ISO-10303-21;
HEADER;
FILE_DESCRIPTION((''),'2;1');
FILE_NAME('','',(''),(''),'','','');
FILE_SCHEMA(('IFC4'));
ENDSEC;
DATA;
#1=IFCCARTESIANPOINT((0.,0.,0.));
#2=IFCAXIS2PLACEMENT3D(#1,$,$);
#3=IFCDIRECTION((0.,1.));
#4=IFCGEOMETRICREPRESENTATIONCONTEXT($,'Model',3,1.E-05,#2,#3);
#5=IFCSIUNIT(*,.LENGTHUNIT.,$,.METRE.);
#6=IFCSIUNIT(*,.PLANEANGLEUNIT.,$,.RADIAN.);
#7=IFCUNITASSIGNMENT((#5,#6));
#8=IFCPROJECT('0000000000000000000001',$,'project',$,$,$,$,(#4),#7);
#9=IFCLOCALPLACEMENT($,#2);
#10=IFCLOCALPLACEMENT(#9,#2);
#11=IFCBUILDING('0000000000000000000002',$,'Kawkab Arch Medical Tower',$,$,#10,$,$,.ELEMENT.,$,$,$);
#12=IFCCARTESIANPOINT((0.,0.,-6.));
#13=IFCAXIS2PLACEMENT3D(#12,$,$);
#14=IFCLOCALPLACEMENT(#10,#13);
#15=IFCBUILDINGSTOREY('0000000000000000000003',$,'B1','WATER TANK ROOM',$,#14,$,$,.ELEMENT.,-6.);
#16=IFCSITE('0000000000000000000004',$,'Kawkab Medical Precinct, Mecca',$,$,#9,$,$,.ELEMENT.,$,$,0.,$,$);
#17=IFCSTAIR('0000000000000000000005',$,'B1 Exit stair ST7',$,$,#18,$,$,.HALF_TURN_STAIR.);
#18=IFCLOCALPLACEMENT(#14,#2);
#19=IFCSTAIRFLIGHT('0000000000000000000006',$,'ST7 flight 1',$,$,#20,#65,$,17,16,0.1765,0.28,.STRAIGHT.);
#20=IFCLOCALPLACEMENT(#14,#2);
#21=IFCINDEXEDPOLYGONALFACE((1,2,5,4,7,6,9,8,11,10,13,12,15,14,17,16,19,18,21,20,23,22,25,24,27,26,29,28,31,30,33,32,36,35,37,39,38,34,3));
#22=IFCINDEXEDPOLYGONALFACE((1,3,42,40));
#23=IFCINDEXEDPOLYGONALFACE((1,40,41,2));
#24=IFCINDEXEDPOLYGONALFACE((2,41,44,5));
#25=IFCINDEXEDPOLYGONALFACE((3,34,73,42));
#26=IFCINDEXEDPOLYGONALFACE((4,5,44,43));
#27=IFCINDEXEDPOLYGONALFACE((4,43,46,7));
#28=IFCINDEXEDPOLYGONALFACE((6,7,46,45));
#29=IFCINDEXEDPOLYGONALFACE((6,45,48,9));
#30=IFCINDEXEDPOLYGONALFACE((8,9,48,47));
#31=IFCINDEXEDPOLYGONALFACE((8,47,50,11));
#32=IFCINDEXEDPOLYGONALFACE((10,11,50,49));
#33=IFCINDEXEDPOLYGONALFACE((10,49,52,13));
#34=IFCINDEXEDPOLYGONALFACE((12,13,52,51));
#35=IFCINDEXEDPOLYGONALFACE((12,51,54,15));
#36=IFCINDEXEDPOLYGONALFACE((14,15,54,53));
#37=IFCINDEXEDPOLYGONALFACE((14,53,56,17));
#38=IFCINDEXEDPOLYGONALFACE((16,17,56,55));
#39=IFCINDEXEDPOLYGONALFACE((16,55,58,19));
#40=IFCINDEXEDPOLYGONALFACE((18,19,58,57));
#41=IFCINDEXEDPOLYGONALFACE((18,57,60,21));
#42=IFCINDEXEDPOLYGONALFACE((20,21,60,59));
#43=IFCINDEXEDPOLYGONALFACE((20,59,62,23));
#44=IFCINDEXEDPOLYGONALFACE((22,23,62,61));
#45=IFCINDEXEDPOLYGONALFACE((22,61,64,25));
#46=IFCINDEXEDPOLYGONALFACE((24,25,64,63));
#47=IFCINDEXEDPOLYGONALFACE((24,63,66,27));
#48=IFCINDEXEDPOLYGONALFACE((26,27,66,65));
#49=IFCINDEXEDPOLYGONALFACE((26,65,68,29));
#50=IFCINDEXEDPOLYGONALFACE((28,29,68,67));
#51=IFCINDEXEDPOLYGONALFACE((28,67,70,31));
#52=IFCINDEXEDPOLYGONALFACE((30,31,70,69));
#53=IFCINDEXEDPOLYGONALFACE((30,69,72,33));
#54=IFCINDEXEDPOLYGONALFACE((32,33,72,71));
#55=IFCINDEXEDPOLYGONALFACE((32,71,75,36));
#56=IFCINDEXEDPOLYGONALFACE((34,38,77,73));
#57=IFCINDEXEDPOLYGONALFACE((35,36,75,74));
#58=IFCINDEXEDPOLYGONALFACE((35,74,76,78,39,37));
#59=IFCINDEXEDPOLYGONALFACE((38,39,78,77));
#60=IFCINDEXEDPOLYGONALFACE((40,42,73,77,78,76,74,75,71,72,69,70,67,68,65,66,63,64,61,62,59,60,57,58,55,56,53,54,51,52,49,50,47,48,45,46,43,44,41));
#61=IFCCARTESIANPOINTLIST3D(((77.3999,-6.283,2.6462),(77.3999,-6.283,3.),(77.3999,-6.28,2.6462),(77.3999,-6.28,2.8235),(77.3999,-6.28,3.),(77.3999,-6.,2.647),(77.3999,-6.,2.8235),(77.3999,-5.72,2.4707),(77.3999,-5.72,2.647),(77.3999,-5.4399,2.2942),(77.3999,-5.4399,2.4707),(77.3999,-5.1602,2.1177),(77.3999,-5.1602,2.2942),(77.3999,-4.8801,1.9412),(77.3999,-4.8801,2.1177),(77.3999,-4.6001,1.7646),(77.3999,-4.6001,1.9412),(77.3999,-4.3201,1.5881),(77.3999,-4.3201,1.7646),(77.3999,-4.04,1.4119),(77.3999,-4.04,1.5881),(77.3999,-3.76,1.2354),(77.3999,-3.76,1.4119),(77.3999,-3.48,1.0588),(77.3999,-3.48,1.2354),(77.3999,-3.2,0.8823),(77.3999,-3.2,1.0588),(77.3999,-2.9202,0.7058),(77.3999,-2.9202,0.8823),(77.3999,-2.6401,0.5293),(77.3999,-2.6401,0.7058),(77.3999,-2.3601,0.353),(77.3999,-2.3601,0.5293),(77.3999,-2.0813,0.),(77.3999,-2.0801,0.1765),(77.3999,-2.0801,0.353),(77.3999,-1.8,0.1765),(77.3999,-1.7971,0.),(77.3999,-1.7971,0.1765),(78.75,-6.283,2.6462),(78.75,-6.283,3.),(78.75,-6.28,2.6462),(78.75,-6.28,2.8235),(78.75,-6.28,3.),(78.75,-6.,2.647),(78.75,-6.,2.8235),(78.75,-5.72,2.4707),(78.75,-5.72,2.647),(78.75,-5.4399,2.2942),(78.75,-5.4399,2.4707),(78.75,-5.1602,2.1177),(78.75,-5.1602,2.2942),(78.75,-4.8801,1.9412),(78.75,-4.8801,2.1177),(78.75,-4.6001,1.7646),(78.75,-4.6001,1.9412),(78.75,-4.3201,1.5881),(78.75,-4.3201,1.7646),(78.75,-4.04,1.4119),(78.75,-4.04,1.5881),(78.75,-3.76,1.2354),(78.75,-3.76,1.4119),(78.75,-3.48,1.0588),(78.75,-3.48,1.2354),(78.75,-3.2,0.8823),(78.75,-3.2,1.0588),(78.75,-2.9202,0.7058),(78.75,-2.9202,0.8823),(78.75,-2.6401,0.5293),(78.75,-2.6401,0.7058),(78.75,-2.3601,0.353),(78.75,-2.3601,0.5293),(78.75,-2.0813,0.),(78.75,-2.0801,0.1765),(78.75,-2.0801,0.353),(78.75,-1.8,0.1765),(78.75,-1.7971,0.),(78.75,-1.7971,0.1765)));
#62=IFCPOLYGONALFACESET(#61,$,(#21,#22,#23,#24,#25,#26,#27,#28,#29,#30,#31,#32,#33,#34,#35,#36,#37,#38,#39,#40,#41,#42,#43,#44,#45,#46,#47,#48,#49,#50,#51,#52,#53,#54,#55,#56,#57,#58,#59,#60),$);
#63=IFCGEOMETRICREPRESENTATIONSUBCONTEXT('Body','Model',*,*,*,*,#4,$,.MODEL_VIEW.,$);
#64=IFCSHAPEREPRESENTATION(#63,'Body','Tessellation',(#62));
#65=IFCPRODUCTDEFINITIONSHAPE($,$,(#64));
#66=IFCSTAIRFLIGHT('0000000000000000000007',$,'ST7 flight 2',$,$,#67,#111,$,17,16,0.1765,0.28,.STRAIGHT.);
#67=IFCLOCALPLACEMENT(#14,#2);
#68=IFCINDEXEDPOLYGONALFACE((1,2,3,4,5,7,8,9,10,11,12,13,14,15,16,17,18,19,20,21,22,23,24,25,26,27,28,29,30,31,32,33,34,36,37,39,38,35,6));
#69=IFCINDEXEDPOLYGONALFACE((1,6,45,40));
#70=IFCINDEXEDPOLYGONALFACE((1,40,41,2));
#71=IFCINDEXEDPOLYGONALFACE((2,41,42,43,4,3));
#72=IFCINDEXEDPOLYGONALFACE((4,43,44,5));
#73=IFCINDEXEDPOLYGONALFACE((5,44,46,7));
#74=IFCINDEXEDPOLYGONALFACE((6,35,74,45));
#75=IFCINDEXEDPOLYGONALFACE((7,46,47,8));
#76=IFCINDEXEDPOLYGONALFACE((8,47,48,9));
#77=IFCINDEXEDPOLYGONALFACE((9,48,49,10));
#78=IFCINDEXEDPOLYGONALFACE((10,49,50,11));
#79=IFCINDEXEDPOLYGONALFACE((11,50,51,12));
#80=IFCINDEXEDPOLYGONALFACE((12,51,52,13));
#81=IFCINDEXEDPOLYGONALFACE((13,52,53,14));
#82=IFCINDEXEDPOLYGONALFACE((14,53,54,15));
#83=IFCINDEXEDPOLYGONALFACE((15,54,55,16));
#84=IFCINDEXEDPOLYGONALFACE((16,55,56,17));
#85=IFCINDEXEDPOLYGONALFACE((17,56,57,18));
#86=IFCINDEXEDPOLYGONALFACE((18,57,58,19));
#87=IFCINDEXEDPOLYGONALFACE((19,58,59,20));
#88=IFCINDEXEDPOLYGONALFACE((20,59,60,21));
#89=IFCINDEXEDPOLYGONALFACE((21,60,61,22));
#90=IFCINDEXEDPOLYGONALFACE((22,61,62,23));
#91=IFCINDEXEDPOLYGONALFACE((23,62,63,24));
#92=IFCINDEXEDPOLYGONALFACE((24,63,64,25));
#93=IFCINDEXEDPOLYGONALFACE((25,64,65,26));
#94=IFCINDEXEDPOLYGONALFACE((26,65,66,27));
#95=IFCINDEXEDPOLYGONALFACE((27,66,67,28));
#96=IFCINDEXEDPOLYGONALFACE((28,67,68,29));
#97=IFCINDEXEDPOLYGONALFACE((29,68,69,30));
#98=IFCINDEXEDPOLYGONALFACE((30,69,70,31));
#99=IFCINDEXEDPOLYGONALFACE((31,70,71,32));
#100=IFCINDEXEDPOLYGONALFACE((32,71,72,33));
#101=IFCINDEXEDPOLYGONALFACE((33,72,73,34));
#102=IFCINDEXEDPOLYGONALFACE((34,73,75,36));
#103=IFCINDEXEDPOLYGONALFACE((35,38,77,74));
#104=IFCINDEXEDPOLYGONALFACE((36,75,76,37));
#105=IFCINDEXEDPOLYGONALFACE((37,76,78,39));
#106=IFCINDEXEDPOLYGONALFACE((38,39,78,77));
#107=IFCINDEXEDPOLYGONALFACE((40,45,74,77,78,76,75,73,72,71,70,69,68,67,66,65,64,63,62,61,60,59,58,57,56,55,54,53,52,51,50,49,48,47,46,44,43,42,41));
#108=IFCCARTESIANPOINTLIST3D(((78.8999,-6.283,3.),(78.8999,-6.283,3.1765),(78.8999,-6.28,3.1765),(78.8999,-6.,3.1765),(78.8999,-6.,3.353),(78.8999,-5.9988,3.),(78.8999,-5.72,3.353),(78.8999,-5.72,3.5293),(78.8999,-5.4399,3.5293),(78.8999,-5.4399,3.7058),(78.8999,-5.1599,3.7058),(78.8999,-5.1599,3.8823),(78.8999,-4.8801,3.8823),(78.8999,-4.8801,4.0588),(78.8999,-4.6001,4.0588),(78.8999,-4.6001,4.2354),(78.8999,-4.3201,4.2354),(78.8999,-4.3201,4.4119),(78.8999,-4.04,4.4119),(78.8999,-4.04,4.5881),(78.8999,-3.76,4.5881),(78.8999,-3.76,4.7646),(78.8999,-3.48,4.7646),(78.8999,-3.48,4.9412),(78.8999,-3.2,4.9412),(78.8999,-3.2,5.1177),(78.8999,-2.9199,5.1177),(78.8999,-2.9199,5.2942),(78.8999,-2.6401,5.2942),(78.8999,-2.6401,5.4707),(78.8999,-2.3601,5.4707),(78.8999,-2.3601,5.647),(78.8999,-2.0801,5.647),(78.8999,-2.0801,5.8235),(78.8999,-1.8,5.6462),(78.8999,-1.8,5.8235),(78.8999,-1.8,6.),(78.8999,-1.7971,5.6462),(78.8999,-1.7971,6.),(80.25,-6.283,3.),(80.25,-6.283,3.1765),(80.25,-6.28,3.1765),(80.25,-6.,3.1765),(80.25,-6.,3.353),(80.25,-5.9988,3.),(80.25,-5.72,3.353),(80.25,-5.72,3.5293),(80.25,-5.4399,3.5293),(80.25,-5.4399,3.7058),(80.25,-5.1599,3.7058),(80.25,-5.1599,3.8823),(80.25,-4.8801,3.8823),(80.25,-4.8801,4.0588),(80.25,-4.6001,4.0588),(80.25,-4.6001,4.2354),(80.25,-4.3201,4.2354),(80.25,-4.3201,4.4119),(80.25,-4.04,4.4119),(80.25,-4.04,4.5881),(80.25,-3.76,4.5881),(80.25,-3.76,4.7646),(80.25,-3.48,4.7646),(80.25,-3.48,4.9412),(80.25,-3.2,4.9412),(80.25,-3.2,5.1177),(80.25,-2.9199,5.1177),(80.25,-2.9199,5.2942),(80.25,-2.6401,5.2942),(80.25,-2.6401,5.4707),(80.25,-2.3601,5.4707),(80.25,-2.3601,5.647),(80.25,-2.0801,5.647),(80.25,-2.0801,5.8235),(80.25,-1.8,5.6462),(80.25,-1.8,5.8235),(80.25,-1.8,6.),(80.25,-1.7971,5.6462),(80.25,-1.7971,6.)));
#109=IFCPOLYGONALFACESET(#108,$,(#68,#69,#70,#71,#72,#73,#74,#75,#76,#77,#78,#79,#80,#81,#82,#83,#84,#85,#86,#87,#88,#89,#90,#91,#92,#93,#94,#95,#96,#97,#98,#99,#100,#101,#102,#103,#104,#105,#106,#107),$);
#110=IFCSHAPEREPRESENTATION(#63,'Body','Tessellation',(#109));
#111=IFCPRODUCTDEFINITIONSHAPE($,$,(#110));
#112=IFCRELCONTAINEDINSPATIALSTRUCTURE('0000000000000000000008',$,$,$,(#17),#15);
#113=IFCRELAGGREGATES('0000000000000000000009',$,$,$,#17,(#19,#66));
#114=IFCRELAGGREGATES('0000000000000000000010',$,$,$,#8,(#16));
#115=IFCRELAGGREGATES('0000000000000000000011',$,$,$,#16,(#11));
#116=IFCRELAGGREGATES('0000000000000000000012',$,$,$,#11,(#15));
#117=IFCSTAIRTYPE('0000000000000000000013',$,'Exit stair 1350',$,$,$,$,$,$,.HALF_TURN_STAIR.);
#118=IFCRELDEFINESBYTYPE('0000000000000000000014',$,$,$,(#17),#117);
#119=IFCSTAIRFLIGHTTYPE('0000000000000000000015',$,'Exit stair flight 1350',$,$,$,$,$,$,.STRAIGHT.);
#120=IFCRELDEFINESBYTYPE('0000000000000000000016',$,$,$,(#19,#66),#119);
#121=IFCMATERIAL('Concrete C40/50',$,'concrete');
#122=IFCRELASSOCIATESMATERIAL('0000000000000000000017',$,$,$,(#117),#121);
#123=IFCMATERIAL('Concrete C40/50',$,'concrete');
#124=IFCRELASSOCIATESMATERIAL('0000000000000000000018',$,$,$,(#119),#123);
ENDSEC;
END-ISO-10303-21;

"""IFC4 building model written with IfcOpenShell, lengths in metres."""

from ifc_helpers import new_model, si_unit, direction, frame, origin, place, context, subcontext, project, spatial, polyline, outline, extrude, material, type_object, element, aggregate, save


model = new_model("IFC4")

# Units and contexts
model_context = context("Model", 3, precision=1e-05, world=origin(), true_north=direction((0.0, 1.0)))
body_context = subcontext(model_context, "Body", "Model", "MODEL_VIEW")
ifc_project = project(units=[si_unit("LENGTHUNIT", "METRE"), si_unit("PLANEANGLEUNIT", "RADIAN")], contexts=[model_context])

# Site, building, storey
site_placement = place(None, origin())
site = spatial("IfcSite", under=ifc_project, at=site_placement, Name="Kawkab Medical Precinct, Mecca", CompositionType="ELEMENT", RefElevation=0.0)
building_placement = place(site_placement, origin())
building = spatial("IfcBuilding", under=site, at=building_placement, Name="Kawkab Arch Medical Tower", CompositionType="ELEMENT")
storey_placement = place(building_placement, frame((0.0, 0.0, -6.0)))
storey = spatial("IfcBuildingStorey", under=building, at=storey_placement, Name="B1", Description="WATER TANK ROOM", CompositionType="ELEMENT", Elevation=-6.0)

# Stair, stair flights
ifc_material_1 = material(Name="Concrete C40/50", Category="concrete")
stair_type = type_object("IfcStairType", Name="Exit stair 1350", PredefinedType="HALF_TURN_STAIR", material=ifc_material_1)
stair_placement = place(storey_placement, origin())
stair = element("IfcStair", 1, at=stair_placement, inside=storey, type_object=stair_type, Name="B1 Exit stair ST7", PredefinedType="HALF_TURN_STAIR")
ifc_material_2 = material(Name="Concrete C40/50", Category="concrete")
stair_flight_type = type_object("IfcStairFlightType", Name="Exit stair flight 1350", PredefinedType="STRAIGHT", material=ifc_material_2)
stair_flight_1_placement = place(storey_placement, frame((78.075, -1.8, 0.0), z_axis=(0.0, 0.0, 1.0), x_axis=(0.0, -1.0, 0.0)))
stair_flight_1 = element("IfcStairFlight", 2, at=stair_flight_1_placement, type_object=stair_flight_type, Name="ST7 flight 1", NumberOfRisers=17, NumberOfTreads=16, PredefinedType="STRAIGHT", RiserHeight=0.1765, TreadLength=0.28, context=body_context, shape_type="SweptSolid", body=[
    extrude(outline(polyline([(-0.0029, 0.0), (-0.0029, 0.1765), (0.0, 0.1765), (0.28, 0.1765), (0.28, 0.353), (0.5601, 0.353), (0.5601, 0.5293), (0.8401, 0.5293), (0.8401, 0.7058), (1.1201, 0.7058), (1.1201, 0.8823), (1.3999, 0.8823), (1.3999, 1.0588), (1.6799, 1.0588), (1.6799, 1.2354), (1.96, 1.2354), (1.96, 1.4119), (2.24, 1.4119), (2.24, 1.5881), (2.52, 1.5881), (2.52, 1.7646), (2.8, 1.7646), (2.8, 1.9412), (3.0801, 1.9412), (3.0801, 2.1177), (3.3601, 2.1177), (3.3601, 2.2942), (3.6399, 2.2942), (3.6399, 2.4707), (3.9199, 2.4707), (3.9199, 2.647), (4.2, 2.647), (4.2, 2.8235), (4.48, 2.8235), (4.48, 3.0), (4.4829, 3.0), (4.4829, 2.6462), (4.48, 2.6462), (0.2812, 0.0), (-0.0029, 0.0)])), frame((0.0, 0.675, 0.0), z_axis=(0.0, -1.0, 0.0), x_axis=(1.0, 0.0, 0.0)), (0.0, 0.0, 1.0), 1.3501),
])
stair_flight_2_placement = place(storey_placement, frame((79.575, -6.28, 3.0), z_axis=(0.0, 0.0, 1.0), x_axis=(0.0, 1.0, 0.0)))
stair_flight_2 = element("IfcStairFlight", 3, at=stair_flight_2_placement, type_object=stair_flight_type, Name="ST7 flight 2", NumberOfRisers=17, NumberOfTreads=16, PredefinedType="STRAIGHT", RiserHeight=0.1765, TreadLength=0.28, context=body_context, shape_type="SweptSolid", body=[
    extrude(outline(polyline([(-0.0029, 0.0), (-0.0029, 0.1765), (0.0, 0.1765), (0.28, 0.1765), (0.28, 0.353), (0.5601, 0.353), (0.5601, 0.5293), (0.8401, 0.5293), (0.8401, 0.7058), (1.1201, 0.7058), (1.1201, 0.8823), (1.3999, 0.8823), (1.3999, 1.0588), (1.6799, 1.0588), (1.6799, 1.2354), (1.96, 1.2354), (1.96, 1.4119), (2.24, 1.4119), (2.24, 1.5881), (2.52, 1.5881), (2.52, 1.7646), (2.8, 1.7646), (2.8, 1.9412), (3.0801, 1.9412), (3.0801, 2.1177), (3.3601, 2.1177), (3.3601, 2.2942), (3.6399, 2.2942), (3.6399, 2.4707), (3.9199, 2.4707), (3.9199, 2.647), (4.2, 2.647), (4.2, 2.8235), (4.48, 2.8235), (4.48, 3.0), (4.4829, 3.0), (4.4829, 2.6462), (4.48, 2.6462), (0.2812, 0.0), (-0.0029, 0.0)])), frame((0.0, 0.675, 0.0), z_axis=(0.0, -1.0, 0.0), x_axis=(1.0, 0.0, 0.0)), (0.0, 0.0, 1.0), 1.3501),
])
aggregate(stair, [stair_flight_1, stair_flight_2])

save(model, "model.ifc")
